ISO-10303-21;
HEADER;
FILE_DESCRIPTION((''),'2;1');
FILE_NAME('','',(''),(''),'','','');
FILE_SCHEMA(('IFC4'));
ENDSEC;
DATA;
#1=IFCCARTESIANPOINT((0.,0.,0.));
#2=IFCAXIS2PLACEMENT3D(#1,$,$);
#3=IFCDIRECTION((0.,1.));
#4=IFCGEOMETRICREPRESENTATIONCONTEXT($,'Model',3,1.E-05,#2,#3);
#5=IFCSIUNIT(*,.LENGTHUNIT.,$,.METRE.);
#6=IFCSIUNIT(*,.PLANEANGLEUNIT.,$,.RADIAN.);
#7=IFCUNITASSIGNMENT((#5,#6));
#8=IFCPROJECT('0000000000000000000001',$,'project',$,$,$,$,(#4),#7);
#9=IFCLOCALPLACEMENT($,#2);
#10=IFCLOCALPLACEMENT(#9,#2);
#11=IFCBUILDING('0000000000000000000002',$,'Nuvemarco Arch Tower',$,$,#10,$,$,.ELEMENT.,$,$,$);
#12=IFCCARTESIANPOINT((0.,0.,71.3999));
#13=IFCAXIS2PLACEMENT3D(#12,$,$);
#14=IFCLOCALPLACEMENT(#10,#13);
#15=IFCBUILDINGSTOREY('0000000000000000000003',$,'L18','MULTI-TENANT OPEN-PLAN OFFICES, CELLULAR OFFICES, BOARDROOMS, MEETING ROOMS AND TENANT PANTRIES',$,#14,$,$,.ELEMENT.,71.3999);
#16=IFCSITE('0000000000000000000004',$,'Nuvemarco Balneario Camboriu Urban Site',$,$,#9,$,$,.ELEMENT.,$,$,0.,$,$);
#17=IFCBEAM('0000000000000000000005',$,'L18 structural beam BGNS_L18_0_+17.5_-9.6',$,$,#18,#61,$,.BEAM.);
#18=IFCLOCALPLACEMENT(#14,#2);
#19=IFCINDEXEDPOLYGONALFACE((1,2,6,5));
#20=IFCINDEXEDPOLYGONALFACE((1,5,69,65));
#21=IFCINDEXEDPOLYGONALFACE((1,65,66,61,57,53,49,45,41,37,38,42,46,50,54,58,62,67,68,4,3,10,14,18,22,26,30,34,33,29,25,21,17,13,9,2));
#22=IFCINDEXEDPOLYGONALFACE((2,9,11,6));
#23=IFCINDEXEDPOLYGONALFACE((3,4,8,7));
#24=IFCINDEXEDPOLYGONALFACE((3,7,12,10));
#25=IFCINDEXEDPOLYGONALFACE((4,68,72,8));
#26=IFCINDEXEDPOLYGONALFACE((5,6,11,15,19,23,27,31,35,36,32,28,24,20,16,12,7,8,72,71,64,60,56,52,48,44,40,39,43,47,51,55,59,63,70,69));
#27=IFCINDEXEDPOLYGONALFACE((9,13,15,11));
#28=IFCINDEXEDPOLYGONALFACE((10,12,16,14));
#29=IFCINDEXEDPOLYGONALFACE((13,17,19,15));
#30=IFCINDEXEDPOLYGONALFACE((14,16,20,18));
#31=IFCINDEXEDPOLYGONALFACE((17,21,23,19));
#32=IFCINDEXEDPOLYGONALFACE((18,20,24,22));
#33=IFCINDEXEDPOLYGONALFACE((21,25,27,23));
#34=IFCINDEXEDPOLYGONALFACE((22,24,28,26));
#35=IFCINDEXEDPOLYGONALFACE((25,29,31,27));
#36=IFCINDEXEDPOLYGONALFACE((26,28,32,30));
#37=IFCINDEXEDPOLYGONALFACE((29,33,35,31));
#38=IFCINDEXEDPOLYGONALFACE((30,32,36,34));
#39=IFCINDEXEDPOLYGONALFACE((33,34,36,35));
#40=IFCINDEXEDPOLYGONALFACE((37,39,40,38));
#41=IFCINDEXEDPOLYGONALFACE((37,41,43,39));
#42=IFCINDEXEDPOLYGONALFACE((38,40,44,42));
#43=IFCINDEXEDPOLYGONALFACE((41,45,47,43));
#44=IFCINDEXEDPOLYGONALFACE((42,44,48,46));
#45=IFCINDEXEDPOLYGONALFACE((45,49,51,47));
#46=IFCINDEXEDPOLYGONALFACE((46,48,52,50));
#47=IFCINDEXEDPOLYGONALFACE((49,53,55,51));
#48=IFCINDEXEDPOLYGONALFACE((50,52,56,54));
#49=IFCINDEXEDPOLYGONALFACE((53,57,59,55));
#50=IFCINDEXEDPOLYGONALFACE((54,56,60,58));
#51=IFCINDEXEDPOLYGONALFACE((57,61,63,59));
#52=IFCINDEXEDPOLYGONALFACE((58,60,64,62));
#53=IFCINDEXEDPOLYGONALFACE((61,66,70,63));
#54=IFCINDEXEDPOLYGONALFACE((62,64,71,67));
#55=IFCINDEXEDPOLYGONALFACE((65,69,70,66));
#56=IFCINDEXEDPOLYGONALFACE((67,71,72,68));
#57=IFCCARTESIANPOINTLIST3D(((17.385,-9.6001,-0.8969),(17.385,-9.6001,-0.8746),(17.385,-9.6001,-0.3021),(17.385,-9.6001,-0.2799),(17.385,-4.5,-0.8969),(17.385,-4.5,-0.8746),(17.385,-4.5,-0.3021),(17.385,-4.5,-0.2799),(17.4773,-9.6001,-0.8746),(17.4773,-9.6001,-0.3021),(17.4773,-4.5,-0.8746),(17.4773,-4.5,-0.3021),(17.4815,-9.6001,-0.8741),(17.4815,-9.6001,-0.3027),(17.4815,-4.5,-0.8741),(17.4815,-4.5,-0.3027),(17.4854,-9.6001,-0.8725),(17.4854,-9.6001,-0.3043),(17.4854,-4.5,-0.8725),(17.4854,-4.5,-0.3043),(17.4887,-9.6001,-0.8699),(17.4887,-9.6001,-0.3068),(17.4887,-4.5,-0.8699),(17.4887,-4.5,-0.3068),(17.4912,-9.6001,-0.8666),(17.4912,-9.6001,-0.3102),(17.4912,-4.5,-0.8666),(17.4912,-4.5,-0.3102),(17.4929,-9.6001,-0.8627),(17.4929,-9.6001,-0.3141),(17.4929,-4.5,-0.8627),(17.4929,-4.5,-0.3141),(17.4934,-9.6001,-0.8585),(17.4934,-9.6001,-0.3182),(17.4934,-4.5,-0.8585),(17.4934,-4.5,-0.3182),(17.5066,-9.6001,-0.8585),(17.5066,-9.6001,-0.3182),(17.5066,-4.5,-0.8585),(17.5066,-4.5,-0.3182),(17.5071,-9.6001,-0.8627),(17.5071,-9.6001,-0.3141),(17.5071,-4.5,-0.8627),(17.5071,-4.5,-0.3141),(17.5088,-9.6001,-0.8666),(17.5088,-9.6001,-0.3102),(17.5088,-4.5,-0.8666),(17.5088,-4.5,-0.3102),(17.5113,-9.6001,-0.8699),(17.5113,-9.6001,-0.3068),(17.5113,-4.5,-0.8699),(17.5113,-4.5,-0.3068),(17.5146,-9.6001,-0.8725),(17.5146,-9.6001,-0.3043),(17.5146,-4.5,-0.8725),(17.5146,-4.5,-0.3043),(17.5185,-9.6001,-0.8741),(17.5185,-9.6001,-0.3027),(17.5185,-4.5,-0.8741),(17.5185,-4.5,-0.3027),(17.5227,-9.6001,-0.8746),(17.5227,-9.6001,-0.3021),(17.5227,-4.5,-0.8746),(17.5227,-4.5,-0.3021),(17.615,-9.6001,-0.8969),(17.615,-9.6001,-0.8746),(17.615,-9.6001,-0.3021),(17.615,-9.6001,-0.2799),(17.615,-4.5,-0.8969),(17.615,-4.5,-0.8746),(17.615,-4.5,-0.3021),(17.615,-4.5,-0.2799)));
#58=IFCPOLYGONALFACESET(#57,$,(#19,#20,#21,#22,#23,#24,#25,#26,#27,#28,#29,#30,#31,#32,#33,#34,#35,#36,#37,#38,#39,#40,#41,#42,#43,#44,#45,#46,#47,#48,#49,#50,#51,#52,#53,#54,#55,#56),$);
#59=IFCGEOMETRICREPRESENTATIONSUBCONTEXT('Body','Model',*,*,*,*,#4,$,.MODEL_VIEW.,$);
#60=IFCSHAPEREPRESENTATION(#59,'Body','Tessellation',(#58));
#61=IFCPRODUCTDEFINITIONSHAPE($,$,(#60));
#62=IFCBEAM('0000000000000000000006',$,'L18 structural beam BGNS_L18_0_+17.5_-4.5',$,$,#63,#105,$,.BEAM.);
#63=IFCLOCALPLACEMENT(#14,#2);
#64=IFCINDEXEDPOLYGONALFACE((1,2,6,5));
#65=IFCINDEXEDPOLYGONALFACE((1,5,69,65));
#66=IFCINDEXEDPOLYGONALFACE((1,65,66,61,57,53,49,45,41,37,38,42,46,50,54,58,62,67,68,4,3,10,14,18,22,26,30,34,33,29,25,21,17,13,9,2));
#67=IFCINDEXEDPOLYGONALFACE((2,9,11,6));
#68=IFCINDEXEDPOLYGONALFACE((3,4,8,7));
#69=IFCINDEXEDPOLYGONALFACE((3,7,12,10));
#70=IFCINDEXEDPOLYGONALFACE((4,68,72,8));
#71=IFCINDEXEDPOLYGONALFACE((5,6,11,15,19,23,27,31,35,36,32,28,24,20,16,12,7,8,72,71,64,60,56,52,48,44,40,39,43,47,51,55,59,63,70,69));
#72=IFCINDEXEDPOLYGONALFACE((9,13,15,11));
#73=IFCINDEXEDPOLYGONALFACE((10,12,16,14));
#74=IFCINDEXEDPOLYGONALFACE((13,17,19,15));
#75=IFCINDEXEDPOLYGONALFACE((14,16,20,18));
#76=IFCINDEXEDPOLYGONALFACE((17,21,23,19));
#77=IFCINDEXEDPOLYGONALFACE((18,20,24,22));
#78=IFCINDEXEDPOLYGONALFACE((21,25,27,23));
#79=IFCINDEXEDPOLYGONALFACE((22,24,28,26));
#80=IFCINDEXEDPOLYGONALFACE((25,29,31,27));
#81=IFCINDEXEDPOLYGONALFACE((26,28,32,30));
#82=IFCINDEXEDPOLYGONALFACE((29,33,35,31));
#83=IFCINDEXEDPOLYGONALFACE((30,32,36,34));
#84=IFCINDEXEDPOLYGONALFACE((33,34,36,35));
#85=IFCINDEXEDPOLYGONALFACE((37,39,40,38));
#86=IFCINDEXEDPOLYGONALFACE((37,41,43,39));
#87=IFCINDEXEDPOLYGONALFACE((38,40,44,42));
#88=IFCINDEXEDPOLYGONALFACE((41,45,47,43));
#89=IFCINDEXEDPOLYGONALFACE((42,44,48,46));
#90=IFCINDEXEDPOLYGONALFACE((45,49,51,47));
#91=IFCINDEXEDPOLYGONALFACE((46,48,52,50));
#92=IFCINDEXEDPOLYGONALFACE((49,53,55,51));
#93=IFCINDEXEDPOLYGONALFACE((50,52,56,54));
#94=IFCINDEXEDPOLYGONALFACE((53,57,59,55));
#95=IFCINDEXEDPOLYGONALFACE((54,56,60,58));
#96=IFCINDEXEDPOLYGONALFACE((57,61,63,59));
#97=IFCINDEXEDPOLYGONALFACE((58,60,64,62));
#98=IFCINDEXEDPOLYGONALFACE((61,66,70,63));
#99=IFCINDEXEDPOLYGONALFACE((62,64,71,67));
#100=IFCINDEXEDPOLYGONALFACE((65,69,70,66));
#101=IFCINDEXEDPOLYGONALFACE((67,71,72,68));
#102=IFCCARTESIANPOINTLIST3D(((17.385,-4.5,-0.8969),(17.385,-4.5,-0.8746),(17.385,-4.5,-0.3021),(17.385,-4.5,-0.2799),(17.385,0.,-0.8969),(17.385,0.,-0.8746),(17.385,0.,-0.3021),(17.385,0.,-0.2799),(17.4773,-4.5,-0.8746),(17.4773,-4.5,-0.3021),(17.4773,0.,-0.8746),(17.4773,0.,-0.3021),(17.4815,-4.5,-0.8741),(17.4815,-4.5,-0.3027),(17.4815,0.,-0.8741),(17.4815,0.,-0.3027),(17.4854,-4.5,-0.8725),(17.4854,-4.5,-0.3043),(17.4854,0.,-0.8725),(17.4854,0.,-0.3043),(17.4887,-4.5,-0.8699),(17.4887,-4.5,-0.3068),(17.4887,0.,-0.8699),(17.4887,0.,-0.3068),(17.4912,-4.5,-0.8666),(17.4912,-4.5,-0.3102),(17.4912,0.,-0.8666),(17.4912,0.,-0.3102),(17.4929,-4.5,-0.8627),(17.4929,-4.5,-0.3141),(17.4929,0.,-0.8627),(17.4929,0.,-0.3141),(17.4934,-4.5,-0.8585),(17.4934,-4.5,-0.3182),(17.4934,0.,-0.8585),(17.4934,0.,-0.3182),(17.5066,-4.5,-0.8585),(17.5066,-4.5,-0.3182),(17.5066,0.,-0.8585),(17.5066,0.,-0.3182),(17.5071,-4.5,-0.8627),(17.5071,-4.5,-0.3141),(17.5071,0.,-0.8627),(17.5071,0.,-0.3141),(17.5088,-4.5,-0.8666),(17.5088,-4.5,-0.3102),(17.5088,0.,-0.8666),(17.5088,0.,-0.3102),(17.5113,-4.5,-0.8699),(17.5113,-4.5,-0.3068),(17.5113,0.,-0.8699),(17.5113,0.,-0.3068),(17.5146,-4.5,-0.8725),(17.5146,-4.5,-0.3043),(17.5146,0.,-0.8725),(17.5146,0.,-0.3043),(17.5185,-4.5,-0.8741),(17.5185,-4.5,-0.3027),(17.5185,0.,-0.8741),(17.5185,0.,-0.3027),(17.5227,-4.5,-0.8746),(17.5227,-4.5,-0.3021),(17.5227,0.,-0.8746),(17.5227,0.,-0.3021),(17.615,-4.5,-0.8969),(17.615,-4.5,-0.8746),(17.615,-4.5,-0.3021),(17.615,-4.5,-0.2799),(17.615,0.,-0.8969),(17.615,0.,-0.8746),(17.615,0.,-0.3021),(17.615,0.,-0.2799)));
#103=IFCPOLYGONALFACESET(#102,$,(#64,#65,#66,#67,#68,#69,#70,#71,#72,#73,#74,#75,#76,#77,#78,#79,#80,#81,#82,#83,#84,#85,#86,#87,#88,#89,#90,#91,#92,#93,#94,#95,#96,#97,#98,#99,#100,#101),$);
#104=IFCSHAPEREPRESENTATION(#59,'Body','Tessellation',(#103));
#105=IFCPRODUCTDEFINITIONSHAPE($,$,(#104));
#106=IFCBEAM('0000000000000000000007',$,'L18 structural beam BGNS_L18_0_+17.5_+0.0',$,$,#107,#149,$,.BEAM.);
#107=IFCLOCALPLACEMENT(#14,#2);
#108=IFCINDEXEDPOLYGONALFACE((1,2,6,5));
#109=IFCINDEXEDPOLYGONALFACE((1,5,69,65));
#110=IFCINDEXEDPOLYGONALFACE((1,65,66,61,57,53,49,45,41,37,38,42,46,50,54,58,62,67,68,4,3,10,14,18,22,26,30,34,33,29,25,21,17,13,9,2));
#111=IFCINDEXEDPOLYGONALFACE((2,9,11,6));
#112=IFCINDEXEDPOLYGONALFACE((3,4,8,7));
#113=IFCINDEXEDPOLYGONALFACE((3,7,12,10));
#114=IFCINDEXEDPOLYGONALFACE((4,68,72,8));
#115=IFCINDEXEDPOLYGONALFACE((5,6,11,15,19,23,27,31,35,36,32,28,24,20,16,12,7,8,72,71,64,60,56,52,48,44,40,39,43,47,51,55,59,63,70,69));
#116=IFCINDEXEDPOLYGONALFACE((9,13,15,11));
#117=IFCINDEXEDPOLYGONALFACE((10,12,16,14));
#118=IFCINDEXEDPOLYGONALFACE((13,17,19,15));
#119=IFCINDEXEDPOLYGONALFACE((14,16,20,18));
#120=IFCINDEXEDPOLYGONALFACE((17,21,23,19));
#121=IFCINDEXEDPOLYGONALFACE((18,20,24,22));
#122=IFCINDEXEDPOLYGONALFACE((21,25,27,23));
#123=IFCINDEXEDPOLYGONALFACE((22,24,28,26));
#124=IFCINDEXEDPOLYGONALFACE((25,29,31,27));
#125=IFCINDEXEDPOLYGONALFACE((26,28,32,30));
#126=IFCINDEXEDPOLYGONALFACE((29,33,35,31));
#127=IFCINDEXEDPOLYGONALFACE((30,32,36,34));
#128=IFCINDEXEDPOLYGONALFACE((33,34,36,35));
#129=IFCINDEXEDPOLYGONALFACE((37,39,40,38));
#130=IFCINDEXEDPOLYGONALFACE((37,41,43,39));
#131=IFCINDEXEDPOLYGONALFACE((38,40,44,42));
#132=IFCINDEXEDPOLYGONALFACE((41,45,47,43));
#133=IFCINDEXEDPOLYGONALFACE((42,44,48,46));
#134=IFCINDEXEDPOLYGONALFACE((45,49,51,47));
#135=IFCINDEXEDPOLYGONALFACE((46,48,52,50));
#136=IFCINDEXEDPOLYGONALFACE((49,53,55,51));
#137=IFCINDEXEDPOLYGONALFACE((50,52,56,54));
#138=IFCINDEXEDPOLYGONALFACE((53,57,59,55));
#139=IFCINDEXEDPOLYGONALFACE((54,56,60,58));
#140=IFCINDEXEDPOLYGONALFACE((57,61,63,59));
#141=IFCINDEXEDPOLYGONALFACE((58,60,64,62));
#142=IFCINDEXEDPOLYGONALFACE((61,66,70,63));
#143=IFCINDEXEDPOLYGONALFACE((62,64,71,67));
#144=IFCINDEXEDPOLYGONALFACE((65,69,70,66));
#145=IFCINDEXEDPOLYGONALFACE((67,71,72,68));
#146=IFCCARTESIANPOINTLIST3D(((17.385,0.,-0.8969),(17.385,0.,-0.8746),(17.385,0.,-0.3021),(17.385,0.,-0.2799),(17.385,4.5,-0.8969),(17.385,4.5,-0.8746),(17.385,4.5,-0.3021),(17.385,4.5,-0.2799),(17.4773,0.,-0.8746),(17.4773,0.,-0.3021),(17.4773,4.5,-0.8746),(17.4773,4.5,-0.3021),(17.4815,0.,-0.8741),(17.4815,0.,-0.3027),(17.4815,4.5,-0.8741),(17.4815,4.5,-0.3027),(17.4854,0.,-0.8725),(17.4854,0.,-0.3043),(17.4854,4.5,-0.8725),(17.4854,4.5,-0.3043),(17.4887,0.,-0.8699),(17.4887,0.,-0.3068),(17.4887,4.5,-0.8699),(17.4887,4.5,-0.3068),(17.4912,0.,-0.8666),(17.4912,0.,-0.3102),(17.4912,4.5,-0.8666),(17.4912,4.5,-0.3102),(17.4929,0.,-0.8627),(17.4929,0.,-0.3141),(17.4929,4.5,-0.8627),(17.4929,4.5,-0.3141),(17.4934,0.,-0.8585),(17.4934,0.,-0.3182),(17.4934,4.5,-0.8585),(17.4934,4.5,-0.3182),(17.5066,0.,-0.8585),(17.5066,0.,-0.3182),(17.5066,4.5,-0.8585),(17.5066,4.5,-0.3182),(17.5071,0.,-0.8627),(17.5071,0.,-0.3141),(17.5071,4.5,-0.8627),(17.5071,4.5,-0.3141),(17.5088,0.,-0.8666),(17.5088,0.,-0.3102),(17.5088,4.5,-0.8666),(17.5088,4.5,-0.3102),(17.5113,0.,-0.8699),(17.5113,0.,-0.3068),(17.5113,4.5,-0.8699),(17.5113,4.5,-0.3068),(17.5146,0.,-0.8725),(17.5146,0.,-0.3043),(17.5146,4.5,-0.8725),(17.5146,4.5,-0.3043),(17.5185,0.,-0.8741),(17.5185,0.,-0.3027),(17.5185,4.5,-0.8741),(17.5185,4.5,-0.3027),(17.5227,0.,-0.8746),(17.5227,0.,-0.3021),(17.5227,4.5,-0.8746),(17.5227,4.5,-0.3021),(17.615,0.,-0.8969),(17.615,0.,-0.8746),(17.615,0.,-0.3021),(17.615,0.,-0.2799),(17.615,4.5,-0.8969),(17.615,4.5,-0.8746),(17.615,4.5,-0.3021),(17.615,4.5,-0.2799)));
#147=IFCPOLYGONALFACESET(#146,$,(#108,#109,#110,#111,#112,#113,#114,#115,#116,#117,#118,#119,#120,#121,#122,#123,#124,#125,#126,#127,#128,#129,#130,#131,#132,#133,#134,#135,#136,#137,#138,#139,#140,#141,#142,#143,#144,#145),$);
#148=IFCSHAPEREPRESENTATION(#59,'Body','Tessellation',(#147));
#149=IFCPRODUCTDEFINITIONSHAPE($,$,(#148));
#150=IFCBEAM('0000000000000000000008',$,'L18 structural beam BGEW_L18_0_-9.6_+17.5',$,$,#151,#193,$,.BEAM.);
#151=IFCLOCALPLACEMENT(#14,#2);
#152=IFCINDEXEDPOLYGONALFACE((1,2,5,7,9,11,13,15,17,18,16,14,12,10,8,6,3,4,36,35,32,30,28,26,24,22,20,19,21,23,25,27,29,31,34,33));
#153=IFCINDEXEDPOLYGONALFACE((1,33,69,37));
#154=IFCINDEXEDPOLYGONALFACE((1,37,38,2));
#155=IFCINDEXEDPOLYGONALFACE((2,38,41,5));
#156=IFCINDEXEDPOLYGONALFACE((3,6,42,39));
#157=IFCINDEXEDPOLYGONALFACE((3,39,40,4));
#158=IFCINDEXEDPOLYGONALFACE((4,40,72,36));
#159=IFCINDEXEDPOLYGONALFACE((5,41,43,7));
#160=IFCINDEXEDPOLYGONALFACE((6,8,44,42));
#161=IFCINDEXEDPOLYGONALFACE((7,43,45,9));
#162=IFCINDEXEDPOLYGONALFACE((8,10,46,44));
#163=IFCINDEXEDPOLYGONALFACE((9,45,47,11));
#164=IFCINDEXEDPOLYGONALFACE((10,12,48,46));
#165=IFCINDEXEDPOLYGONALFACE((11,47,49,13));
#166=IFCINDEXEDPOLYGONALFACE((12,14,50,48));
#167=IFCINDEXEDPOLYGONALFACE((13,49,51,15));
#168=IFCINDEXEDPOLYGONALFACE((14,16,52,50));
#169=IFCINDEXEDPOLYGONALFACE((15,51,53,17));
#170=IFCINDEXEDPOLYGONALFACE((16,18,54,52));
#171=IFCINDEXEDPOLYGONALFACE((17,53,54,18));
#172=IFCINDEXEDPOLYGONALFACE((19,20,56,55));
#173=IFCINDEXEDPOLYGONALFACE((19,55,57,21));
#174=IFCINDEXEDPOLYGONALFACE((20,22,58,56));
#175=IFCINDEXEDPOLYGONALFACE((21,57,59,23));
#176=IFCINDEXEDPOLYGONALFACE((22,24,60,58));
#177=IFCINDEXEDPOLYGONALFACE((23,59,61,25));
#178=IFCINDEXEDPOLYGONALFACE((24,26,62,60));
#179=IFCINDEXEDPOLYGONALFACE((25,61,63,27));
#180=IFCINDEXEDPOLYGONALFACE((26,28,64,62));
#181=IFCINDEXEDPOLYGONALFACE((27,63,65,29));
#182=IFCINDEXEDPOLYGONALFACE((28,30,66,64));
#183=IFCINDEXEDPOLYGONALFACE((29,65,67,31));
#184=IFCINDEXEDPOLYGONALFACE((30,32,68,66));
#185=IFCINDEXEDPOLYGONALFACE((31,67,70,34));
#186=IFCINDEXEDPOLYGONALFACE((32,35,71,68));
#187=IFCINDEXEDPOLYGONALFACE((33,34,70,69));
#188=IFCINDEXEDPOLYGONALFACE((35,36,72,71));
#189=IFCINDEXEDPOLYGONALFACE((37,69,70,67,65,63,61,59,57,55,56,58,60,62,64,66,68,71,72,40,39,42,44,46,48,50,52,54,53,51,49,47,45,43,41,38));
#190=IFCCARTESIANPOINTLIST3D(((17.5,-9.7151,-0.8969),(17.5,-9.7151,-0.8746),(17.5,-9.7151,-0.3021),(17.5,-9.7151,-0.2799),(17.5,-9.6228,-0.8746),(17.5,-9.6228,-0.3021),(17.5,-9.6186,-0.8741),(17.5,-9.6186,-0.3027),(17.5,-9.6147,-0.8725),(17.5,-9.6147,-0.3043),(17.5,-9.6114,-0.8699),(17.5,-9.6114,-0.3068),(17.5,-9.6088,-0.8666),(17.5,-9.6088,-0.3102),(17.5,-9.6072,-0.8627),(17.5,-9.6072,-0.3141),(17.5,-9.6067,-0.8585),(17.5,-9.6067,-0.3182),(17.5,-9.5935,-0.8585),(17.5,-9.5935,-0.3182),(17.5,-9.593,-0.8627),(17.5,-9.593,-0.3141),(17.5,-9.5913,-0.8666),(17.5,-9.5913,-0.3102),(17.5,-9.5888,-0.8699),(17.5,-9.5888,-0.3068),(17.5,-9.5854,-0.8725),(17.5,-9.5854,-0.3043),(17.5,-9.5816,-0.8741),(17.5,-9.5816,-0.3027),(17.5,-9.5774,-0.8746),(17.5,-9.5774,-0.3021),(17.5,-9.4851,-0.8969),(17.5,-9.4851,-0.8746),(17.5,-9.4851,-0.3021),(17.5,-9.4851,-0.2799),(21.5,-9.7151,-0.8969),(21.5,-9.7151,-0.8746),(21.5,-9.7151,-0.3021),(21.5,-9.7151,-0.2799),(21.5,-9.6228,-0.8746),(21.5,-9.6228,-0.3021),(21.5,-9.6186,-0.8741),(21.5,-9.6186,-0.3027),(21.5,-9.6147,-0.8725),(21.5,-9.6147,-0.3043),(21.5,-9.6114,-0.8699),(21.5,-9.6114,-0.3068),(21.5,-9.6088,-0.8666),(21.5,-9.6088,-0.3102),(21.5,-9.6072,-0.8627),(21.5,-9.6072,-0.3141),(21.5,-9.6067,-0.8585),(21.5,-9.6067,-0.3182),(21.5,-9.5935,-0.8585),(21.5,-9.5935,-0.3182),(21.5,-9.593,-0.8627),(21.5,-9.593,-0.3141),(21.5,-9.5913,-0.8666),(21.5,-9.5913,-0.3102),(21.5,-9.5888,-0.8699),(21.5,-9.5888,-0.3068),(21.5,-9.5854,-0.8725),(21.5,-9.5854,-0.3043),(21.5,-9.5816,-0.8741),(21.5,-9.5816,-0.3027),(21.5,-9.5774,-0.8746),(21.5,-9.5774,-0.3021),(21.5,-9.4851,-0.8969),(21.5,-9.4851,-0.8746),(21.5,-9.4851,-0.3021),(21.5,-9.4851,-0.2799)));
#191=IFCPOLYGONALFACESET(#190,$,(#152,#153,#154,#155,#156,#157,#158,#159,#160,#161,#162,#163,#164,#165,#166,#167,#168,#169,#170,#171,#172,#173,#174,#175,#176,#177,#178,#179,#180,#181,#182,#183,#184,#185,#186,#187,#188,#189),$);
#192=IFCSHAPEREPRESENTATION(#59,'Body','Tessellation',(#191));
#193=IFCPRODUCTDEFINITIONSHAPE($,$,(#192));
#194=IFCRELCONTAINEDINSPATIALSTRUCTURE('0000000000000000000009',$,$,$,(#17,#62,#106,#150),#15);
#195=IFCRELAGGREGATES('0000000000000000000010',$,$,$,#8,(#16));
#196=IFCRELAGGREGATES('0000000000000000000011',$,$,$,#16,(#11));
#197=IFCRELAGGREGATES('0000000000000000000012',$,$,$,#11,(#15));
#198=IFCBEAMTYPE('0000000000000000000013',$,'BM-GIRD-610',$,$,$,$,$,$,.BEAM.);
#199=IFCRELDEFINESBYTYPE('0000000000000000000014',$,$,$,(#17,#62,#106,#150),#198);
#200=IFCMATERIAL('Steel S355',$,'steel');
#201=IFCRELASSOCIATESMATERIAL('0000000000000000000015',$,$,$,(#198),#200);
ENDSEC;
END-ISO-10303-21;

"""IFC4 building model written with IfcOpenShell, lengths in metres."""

from ifc_helpers import new_model, si_unit, direction, frame, origin, origin_2d, place, context, subcontext, project, spatial, i_section, extrude, material, material_profile, profile_set, type_object, element, save


model = new_model("IFC4")

# Units and contexts
model_context = context("Model", 3, precision=1e-05, world=origin(), true_north=direction((0.0, 1.0)))
body_context = subcontext(model_context, "Body", "Model", "MODEL_VIEW")
ifc_project = project(units=[si_unit("LENGTHUNIT", "METRE"), si_unit("PLANEANGLEUNIT", "RADIAN")], contexts=[model_context])

# Site, building, storey
site_placement = place(None, origin())
site = spatial("IfcSite", under=ifc_project, at=site_placement, Name="Nuvemarco Balneario Camboriu Urban Site", CompositionType="ELEMENT", RefElevation=0.0)
building_placement = place(site_placement, origin())
building = spatial("IfcBuilding", under=site, at=building_placement, Name="Nuvemarco Arch Tower", CompositionType="ELEMENT")
storey_placement = place(building_placement, frame((0.0, 0.0, 71.3999)))
storey = spatial("IfcBuildingStorey", under=building, at=storey_placement, Name="L18", Description="MULTI-TENANT OPEN-PLAN OFFICES, CELLULAR OFFICES, BOARDROOMS, MEETING ROOMS AND TENANT PANTRIES", CompositionType="ELEMENT", Elevation=71.3999)

# Beams
ifc_material_1 = material(Name="Steel S355", Category="steel")
ifc_material_profile_1 = material_profile(ifc_material_1, i_section(OverallWidth=0.23, OverallDepth=0.6169, WebThickness=0.0132, FlangeThickness=0.0222, FilletRadius=0.0161, at=origin_2d()), Name="W610x140")
ifc_profile_set_1 = profile_set([ifc_material_profile_1], Name="Steel S355")
beam_type_1 = type_object("IfcBeamType", Name="BM-GIRD-610", PredefinedType="BEAM", material=ifc_profile_set_1)
beam_placement = place(storey_placement, frame((17.5, -9.6001, -0.5884), z_axis=(0.0, 1.0, 0.0), x_axis=(-1.0, 0.0, 0.0)))
element("IfcBeam", 1, at=beam_placement, inside=storey, type_object=beam_type_1, Name="L18 structural beam BGNS_L18_0_+17.5_-9.6", PredefinedType="BEAM", context=body_context, shape_type="SweptSolid", body=[
    extrude(i_section(OverallWidth=0.23, OverallDepth=0.6169, WebThickness=0.0132, FlangeThickness=0.0222, FilletRadius=0.0161, at=origin_2d()), origin(), (0.0, 0.0, 1.0), 5.1001),
])
for number, where, z_axis, x_axis, name in (
    (2, (17.5, -4.5, -0.5884), (0.0, 1.0, 0.0), (-1.0, 0.0, 0.0), "L18 structural beam BGNS_L18_0_+17.5_-4.5"),
    (3, (17.5, 0.0, -0.5884), (0.0, 1.0, 0.0), (-1.0, 0.0, 0.0), "L18 structural beam BGNS_L18_0_+17.5_+0.0"),
):
    element("IfcBeam", number, at=place(storey_placement, frame(where, z_axis=z_axis, x_axis=x_axis)), inside=storey, type_object=beam_type_1, Name=name, PredefinedType="BEAM", context=body_context, shape_type="SweptSolid", body=[
        extrude(i_section(OverallWidth=0.23, OverallDepth=0.6169, WebThickness=0.0132, FlangeThickness=0.0222, FilletRadius=0.0161, at=origin_2d()), origin(), (0.0, 0.0, 1.0), 4.5),
    ])
for number, where, z_axis, x_axis, name in (
    (4, (17.5, -9.6001, -0.5884), (1.0, 0.0, 0.0), (0.0, 1.0, 0.0), "L18 structural beam BGEW_L18_0_-9.6_+17.5"),
):
    element("IfcBeam", number, at=place(storey_placement, frame(where, z_axis=z_axis, x_axis=x_axis)), inside=storey, type_object=beam_type_1, Name=name, PredefinedType="BEAM", context=body_context, shape_type="SweptSolid", body=[
        extrude(i_section(OverallWidth=0.23, OverallDepth=0.6169, WebThickness=0.0132, FlangeThickness=0.0222, FilletRadius=0.0161, at=origin_2d()), origin(), (0.0, 0.0, 1.0), 4.0),
    ])

save(model, "model.ifc")
